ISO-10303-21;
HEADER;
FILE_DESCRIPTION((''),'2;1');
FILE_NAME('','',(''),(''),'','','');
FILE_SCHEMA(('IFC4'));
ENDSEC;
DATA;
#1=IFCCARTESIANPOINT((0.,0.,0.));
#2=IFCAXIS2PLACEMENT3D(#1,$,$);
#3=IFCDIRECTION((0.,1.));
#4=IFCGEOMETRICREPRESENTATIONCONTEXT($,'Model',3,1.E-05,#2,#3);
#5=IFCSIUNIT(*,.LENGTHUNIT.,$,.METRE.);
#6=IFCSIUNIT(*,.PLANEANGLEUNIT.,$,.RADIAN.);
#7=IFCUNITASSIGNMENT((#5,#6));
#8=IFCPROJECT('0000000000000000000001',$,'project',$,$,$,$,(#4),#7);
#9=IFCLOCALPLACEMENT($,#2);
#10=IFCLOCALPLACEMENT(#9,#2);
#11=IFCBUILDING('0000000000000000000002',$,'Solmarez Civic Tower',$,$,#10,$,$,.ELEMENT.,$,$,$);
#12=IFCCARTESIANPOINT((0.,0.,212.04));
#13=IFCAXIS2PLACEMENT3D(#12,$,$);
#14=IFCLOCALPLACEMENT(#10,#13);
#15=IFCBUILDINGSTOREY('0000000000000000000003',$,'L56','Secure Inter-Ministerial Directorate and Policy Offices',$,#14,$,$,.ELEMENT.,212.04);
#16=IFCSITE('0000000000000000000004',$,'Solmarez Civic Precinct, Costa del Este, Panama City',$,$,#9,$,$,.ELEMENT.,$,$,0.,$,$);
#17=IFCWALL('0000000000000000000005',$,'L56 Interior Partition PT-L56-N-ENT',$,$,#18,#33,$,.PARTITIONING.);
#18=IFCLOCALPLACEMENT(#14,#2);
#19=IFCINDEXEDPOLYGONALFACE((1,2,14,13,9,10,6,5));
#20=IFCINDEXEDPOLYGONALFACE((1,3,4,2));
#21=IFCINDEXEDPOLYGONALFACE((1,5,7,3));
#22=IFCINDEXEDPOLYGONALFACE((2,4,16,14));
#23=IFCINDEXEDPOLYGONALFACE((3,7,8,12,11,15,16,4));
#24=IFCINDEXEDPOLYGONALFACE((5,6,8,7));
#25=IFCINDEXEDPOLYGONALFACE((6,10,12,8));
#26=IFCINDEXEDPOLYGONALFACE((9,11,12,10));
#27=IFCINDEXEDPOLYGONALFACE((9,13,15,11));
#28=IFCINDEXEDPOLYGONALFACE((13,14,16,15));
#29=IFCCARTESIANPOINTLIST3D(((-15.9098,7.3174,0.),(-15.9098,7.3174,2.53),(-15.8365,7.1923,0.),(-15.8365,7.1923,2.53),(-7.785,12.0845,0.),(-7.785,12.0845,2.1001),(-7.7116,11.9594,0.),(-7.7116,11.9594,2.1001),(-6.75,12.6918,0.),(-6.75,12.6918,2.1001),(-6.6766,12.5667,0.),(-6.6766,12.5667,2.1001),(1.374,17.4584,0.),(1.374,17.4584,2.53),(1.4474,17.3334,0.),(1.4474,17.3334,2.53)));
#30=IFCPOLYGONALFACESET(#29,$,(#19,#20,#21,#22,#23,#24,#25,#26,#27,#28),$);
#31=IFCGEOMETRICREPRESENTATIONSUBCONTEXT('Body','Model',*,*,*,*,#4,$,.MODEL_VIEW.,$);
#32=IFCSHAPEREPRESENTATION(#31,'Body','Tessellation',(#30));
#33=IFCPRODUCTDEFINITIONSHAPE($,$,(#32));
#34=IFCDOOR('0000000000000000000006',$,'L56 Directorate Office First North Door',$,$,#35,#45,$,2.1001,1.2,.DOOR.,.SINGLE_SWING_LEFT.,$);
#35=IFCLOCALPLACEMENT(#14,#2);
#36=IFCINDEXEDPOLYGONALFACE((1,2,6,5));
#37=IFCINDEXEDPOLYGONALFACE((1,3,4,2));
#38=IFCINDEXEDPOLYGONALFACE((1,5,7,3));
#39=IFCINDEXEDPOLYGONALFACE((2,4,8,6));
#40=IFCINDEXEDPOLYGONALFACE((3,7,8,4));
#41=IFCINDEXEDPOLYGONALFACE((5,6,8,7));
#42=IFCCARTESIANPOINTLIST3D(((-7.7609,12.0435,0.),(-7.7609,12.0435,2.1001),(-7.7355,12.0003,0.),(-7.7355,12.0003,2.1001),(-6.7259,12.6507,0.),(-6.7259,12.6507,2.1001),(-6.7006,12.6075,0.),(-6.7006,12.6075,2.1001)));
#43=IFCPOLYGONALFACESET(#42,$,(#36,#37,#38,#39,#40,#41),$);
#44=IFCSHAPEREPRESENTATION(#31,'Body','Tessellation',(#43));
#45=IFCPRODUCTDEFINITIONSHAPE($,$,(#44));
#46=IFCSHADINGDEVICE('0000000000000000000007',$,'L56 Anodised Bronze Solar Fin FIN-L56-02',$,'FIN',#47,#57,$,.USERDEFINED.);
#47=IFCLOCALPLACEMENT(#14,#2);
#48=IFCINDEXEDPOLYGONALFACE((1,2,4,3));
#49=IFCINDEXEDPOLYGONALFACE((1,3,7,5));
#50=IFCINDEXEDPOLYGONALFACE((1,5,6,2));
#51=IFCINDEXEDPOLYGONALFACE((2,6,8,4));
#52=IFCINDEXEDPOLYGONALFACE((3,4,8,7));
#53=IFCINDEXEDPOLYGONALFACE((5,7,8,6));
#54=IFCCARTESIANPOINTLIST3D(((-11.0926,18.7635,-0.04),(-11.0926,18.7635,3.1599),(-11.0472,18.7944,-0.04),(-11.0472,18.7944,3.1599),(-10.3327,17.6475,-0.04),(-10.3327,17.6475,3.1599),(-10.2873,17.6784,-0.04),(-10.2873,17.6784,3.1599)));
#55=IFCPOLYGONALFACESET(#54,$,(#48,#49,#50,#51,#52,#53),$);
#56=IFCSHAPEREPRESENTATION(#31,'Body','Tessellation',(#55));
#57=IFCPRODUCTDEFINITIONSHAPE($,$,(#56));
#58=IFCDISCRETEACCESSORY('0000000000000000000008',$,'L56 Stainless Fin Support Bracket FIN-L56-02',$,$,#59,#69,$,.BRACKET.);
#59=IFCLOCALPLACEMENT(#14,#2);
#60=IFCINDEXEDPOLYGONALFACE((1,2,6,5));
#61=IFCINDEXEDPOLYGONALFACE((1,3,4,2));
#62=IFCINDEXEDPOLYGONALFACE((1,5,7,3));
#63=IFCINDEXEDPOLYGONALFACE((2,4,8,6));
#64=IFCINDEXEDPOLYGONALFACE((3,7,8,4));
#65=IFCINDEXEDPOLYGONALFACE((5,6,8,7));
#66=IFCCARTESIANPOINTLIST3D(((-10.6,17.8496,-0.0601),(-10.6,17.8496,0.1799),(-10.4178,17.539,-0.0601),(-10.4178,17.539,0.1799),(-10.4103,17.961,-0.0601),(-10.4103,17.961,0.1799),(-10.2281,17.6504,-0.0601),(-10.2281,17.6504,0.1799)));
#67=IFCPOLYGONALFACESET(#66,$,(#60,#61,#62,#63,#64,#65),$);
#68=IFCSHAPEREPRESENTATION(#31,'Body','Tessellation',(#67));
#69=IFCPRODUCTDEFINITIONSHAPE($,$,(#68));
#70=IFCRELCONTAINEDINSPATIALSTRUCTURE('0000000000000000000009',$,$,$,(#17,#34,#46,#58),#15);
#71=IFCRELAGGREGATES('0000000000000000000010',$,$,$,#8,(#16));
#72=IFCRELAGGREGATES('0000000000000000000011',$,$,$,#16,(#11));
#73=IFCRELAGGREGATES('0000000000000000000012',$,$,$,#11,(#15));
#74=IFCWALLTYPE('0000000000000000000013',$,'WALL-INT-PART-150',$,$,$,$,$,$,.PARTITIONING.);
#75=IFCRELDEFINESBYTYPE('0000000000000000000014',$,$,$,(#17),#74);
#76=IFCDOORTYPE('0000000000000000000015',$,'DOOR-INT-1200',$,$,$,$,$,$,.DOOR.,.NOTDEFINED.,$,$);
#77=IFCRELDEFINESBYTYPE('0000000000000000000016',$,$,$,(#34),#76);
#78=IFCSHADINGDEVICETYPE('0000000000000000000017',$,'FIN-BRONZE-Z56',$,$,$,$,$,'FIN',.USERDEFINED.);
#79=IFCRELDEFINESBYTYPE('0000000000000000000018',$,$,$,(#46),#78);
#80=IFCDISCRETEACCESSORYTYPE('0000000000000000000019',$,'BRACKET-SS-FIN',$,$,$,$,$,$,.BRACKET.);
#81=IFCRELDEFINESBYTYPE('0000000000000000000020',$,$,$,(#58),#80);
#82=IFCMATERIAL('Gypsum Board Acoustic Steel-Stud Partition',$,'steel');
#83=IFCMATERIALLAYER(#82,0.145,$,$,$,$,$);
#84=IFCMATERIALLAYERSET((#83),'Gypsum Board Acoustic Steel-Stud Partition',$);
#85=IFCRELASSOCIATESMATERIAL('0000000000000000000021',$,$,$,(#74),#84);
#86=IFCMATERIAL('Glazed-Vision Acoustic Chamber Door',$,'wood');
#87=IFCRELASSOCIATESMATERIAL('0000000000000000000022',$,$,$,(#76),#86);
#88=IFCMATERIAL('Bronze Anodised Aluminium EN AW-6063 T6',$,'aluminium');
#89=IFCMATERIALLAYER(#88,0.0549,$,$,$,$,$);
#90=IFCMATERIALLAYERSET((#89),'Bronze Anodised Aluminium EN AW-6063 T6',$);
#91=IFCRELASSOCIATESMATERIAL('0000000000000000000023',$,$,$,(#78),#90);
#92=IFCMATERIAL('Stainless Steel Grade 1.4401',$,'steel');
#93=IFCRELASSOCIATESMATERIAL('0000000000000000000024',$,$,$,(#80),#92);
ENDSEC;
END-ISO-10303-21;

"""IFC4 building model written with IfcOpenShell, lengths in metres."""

from ifc_helpers import new_model, si_unit, direction, frame, frame_2d, origin, origin_2d, place, context, subcontext, project, spatial, rectangle, extrude, material, layer, layer_set, type_object, element, fill, save


model = new_model("IFC4")

# Units and contexts
model_context = context("Model", 3, precision=1e-05, world=origin(), true_north=direction((0.0, 1.0)))
body_context = subcontext(model_context, "Body", "Model", "MODEL_VIEW")
ifc_project = project(units=[si_unit("LENGTHUNIT", "METRE"), si_unit("PLANEANGLEUNIT", "RADIAN")], contexts=[model_context])

# Site, building, storey
site_placement = place(None, origin())
site = spatial("IfcSite", under=ifc_project, at=site_placement, Name="Solmarez Civic Precinct, Costa del Este, Panama City", CompositionType="ELEMENT", RefElevation=0.0)
building_placement = place(site_placement, origin())
building = spatial("IfcBuilding", under=site, at=building_placement, Name="Solmarez Civic Tower", CompositionType="ELEMENT")
storey_placement = place(building_placement, frame((0.0, 0.0, 212.04)))
storey = spatial("IfcBuildingStorey", under=building, at=storey_placement, Name="L56", Description="Secure Inter-Ministerial Directorate and Policy Offices", CompositionType="ELEMENT", Elevation=212.04)

# Shared definitions
ifc_material_1 = material(Name="Bronze Anodised Aluminium EN AW-6063 T6", Category="aluminium")

# Shared definitions
ifc_material_2 = material(Name="Gypsum Board Acoustic Steel-Stud Partition", Category="steel")
ifc_layer_1 = layer(ifc_material_2, 0.145)
ifc_layer_set_1 = layer_set([ifc_layer_1], Name="Gypsum Board Acoustic Steel-Stud Partition")
wall_type_1 = type_object("IfcWallType", Name="WALL-INT-PART-150", PredefinedType="PARTITIONING", material=ifc_layer_set_1)

# Wall, opening, door
wall_1_placement = place(storey_placement, frame((-15.873, 7.2549, 0.0), z_axis=(0.0, 0.0, 1.0), x_axis=(0.862499, 0.506059, 0.0)))
wall_1 = element("IfcWall", 1, at=wall_1_placement, inside=storey, type_object=wall_type_1, Name="L56 Interior Partition PT-L56-N-ENT", PredefinedType="PARTITIONING", context=body_context, shape_type="SweptSolid", body=[
    extrude(rectangle(XDim=20.0393, YDim=0.145, at=frame_2d((10.0195, 0.0))), origin(), (0.0, 0.0, 1.0), 2.53),
])
opening_placement = place(wall_1_placement, frame((9.4199, 0.0, 0.0)))
opening = element("IfcOpeningElement", 2, at=opening_placement, cuts=wall_1, PredefinedType="OPENING", context=body_context, shape_type="SweptSolid", body=[
    extrude(rectangle(XDim=1.2, YDim=2.1001, at=frame_2d((0.6001, 1.05))), frame((0.0, 0.0825, 0.0), z_axis=(0.0, -1.0, 0.0), x_axis=(1.0, 0.0, 0.0)), (0.0, 0.0, 1.0), 0.165),
])
ifc_material_3 = material(Name="Glazed-Vision Acoustic Chamber Door", Category="wood")
door_type = type_object("IfcDoorType", Name="DOOR-INT-1200", OperationType="NOTDEFINED", PredefinedType="DOOR", material=ifc_material_3)
door_placement = place(opening_placement, origin())
door = element("IfcDoor", 3, at=door_placement, inside=storey, type_object=door_type, Name="L56 Directorate Office First North Door", OperationType="SINGLE_SWING_LEFT", OverallHeight=2.1001, OverallWidth=1.2, PredefinedType="DOOR", context=body_context, shape_type="SweptSolid", body=[
    extrude(rectangle(XDim=1.2, YDim=2.1001, at=frame_2d((0.6001, 1.05))), frame((0.0, 0.0249, 0.0), z_axis=(0.0, -1.0, 0.0), x_axis=(1.0, 0.0, 0.0)), (0.0, 0.0, 1.0), 0.05),
])
fill(opening, door)

# Shading device
ifc_layer_2 = layer(ifc_material_1, 0.0549)
ifc_layer_set_2 = layer_set([ifc_layer_2], Name="Bronze Anodised Aluminium EN AW-6063 T6")
shading_device_type = type_object("IfcShadingDeviceType", Name="FIN-BRONZE-Z56", ElementType="FIN", PredefinedType="USERDEFINED", material=ifc_layer_set_2)
shading_device_placement = place(storey_placement, frame((-10.6899, 18.2209, -0.04), z_axis=(0.0, 0.0, 1.0), x_axis=(-0.562848, 0.82656, 0.0)))
element("IfcShadingDevice", 4, at=shading_device_placement, inside=storey, type_object=shading_device_type, Name="L56 Anodised Bronze Solar Fin FIN-L56-02", ObjectType="FIN", PredefinedType="USERDEFINED", context=body_context, shape_type="SweptSolid", body=[
    extrude(rectangle(XDim=1.3501, YDim=0.0549, at=origin_2d()), origin(), (0.0, 0.0, 1.0), 3.2),
])

# Discrete accessory
ifc_material_4 = material(Name="Stainless Steel Grade 1.4401", Category="steel")
discrete_accessory_type = type_object("IfcDiscreteAccessoryType", Name="BRACKET-SS-FIN", PredefinedType="BRACKET", material=ifc_material_4)
discrete_accessory_placement = place(storey_placement, frame((-10.4141, 17.75, -0.0601), z_axis=(0.0, 0.0, 1.0), x_axis=(-0.506084, 0.862484, 0.0)))
element("IfcDiscreteAccessory", 5, at=discrete_accessory_placement, inside=storey, type_object=discrete_accessory_type, Name="L56 Stainless Fin Support Bracket FIN-L56-02", PredefinedType="BRACKET", context=body_context, shape_type="SweptSolid", body=[
    extrude(rectangle(XDim=0.3601, YDim=0.22, at=origin_2d()), origin(), (0.0, 0.0, 1.0), 0.24),
])

save(model, "model.ifc")
